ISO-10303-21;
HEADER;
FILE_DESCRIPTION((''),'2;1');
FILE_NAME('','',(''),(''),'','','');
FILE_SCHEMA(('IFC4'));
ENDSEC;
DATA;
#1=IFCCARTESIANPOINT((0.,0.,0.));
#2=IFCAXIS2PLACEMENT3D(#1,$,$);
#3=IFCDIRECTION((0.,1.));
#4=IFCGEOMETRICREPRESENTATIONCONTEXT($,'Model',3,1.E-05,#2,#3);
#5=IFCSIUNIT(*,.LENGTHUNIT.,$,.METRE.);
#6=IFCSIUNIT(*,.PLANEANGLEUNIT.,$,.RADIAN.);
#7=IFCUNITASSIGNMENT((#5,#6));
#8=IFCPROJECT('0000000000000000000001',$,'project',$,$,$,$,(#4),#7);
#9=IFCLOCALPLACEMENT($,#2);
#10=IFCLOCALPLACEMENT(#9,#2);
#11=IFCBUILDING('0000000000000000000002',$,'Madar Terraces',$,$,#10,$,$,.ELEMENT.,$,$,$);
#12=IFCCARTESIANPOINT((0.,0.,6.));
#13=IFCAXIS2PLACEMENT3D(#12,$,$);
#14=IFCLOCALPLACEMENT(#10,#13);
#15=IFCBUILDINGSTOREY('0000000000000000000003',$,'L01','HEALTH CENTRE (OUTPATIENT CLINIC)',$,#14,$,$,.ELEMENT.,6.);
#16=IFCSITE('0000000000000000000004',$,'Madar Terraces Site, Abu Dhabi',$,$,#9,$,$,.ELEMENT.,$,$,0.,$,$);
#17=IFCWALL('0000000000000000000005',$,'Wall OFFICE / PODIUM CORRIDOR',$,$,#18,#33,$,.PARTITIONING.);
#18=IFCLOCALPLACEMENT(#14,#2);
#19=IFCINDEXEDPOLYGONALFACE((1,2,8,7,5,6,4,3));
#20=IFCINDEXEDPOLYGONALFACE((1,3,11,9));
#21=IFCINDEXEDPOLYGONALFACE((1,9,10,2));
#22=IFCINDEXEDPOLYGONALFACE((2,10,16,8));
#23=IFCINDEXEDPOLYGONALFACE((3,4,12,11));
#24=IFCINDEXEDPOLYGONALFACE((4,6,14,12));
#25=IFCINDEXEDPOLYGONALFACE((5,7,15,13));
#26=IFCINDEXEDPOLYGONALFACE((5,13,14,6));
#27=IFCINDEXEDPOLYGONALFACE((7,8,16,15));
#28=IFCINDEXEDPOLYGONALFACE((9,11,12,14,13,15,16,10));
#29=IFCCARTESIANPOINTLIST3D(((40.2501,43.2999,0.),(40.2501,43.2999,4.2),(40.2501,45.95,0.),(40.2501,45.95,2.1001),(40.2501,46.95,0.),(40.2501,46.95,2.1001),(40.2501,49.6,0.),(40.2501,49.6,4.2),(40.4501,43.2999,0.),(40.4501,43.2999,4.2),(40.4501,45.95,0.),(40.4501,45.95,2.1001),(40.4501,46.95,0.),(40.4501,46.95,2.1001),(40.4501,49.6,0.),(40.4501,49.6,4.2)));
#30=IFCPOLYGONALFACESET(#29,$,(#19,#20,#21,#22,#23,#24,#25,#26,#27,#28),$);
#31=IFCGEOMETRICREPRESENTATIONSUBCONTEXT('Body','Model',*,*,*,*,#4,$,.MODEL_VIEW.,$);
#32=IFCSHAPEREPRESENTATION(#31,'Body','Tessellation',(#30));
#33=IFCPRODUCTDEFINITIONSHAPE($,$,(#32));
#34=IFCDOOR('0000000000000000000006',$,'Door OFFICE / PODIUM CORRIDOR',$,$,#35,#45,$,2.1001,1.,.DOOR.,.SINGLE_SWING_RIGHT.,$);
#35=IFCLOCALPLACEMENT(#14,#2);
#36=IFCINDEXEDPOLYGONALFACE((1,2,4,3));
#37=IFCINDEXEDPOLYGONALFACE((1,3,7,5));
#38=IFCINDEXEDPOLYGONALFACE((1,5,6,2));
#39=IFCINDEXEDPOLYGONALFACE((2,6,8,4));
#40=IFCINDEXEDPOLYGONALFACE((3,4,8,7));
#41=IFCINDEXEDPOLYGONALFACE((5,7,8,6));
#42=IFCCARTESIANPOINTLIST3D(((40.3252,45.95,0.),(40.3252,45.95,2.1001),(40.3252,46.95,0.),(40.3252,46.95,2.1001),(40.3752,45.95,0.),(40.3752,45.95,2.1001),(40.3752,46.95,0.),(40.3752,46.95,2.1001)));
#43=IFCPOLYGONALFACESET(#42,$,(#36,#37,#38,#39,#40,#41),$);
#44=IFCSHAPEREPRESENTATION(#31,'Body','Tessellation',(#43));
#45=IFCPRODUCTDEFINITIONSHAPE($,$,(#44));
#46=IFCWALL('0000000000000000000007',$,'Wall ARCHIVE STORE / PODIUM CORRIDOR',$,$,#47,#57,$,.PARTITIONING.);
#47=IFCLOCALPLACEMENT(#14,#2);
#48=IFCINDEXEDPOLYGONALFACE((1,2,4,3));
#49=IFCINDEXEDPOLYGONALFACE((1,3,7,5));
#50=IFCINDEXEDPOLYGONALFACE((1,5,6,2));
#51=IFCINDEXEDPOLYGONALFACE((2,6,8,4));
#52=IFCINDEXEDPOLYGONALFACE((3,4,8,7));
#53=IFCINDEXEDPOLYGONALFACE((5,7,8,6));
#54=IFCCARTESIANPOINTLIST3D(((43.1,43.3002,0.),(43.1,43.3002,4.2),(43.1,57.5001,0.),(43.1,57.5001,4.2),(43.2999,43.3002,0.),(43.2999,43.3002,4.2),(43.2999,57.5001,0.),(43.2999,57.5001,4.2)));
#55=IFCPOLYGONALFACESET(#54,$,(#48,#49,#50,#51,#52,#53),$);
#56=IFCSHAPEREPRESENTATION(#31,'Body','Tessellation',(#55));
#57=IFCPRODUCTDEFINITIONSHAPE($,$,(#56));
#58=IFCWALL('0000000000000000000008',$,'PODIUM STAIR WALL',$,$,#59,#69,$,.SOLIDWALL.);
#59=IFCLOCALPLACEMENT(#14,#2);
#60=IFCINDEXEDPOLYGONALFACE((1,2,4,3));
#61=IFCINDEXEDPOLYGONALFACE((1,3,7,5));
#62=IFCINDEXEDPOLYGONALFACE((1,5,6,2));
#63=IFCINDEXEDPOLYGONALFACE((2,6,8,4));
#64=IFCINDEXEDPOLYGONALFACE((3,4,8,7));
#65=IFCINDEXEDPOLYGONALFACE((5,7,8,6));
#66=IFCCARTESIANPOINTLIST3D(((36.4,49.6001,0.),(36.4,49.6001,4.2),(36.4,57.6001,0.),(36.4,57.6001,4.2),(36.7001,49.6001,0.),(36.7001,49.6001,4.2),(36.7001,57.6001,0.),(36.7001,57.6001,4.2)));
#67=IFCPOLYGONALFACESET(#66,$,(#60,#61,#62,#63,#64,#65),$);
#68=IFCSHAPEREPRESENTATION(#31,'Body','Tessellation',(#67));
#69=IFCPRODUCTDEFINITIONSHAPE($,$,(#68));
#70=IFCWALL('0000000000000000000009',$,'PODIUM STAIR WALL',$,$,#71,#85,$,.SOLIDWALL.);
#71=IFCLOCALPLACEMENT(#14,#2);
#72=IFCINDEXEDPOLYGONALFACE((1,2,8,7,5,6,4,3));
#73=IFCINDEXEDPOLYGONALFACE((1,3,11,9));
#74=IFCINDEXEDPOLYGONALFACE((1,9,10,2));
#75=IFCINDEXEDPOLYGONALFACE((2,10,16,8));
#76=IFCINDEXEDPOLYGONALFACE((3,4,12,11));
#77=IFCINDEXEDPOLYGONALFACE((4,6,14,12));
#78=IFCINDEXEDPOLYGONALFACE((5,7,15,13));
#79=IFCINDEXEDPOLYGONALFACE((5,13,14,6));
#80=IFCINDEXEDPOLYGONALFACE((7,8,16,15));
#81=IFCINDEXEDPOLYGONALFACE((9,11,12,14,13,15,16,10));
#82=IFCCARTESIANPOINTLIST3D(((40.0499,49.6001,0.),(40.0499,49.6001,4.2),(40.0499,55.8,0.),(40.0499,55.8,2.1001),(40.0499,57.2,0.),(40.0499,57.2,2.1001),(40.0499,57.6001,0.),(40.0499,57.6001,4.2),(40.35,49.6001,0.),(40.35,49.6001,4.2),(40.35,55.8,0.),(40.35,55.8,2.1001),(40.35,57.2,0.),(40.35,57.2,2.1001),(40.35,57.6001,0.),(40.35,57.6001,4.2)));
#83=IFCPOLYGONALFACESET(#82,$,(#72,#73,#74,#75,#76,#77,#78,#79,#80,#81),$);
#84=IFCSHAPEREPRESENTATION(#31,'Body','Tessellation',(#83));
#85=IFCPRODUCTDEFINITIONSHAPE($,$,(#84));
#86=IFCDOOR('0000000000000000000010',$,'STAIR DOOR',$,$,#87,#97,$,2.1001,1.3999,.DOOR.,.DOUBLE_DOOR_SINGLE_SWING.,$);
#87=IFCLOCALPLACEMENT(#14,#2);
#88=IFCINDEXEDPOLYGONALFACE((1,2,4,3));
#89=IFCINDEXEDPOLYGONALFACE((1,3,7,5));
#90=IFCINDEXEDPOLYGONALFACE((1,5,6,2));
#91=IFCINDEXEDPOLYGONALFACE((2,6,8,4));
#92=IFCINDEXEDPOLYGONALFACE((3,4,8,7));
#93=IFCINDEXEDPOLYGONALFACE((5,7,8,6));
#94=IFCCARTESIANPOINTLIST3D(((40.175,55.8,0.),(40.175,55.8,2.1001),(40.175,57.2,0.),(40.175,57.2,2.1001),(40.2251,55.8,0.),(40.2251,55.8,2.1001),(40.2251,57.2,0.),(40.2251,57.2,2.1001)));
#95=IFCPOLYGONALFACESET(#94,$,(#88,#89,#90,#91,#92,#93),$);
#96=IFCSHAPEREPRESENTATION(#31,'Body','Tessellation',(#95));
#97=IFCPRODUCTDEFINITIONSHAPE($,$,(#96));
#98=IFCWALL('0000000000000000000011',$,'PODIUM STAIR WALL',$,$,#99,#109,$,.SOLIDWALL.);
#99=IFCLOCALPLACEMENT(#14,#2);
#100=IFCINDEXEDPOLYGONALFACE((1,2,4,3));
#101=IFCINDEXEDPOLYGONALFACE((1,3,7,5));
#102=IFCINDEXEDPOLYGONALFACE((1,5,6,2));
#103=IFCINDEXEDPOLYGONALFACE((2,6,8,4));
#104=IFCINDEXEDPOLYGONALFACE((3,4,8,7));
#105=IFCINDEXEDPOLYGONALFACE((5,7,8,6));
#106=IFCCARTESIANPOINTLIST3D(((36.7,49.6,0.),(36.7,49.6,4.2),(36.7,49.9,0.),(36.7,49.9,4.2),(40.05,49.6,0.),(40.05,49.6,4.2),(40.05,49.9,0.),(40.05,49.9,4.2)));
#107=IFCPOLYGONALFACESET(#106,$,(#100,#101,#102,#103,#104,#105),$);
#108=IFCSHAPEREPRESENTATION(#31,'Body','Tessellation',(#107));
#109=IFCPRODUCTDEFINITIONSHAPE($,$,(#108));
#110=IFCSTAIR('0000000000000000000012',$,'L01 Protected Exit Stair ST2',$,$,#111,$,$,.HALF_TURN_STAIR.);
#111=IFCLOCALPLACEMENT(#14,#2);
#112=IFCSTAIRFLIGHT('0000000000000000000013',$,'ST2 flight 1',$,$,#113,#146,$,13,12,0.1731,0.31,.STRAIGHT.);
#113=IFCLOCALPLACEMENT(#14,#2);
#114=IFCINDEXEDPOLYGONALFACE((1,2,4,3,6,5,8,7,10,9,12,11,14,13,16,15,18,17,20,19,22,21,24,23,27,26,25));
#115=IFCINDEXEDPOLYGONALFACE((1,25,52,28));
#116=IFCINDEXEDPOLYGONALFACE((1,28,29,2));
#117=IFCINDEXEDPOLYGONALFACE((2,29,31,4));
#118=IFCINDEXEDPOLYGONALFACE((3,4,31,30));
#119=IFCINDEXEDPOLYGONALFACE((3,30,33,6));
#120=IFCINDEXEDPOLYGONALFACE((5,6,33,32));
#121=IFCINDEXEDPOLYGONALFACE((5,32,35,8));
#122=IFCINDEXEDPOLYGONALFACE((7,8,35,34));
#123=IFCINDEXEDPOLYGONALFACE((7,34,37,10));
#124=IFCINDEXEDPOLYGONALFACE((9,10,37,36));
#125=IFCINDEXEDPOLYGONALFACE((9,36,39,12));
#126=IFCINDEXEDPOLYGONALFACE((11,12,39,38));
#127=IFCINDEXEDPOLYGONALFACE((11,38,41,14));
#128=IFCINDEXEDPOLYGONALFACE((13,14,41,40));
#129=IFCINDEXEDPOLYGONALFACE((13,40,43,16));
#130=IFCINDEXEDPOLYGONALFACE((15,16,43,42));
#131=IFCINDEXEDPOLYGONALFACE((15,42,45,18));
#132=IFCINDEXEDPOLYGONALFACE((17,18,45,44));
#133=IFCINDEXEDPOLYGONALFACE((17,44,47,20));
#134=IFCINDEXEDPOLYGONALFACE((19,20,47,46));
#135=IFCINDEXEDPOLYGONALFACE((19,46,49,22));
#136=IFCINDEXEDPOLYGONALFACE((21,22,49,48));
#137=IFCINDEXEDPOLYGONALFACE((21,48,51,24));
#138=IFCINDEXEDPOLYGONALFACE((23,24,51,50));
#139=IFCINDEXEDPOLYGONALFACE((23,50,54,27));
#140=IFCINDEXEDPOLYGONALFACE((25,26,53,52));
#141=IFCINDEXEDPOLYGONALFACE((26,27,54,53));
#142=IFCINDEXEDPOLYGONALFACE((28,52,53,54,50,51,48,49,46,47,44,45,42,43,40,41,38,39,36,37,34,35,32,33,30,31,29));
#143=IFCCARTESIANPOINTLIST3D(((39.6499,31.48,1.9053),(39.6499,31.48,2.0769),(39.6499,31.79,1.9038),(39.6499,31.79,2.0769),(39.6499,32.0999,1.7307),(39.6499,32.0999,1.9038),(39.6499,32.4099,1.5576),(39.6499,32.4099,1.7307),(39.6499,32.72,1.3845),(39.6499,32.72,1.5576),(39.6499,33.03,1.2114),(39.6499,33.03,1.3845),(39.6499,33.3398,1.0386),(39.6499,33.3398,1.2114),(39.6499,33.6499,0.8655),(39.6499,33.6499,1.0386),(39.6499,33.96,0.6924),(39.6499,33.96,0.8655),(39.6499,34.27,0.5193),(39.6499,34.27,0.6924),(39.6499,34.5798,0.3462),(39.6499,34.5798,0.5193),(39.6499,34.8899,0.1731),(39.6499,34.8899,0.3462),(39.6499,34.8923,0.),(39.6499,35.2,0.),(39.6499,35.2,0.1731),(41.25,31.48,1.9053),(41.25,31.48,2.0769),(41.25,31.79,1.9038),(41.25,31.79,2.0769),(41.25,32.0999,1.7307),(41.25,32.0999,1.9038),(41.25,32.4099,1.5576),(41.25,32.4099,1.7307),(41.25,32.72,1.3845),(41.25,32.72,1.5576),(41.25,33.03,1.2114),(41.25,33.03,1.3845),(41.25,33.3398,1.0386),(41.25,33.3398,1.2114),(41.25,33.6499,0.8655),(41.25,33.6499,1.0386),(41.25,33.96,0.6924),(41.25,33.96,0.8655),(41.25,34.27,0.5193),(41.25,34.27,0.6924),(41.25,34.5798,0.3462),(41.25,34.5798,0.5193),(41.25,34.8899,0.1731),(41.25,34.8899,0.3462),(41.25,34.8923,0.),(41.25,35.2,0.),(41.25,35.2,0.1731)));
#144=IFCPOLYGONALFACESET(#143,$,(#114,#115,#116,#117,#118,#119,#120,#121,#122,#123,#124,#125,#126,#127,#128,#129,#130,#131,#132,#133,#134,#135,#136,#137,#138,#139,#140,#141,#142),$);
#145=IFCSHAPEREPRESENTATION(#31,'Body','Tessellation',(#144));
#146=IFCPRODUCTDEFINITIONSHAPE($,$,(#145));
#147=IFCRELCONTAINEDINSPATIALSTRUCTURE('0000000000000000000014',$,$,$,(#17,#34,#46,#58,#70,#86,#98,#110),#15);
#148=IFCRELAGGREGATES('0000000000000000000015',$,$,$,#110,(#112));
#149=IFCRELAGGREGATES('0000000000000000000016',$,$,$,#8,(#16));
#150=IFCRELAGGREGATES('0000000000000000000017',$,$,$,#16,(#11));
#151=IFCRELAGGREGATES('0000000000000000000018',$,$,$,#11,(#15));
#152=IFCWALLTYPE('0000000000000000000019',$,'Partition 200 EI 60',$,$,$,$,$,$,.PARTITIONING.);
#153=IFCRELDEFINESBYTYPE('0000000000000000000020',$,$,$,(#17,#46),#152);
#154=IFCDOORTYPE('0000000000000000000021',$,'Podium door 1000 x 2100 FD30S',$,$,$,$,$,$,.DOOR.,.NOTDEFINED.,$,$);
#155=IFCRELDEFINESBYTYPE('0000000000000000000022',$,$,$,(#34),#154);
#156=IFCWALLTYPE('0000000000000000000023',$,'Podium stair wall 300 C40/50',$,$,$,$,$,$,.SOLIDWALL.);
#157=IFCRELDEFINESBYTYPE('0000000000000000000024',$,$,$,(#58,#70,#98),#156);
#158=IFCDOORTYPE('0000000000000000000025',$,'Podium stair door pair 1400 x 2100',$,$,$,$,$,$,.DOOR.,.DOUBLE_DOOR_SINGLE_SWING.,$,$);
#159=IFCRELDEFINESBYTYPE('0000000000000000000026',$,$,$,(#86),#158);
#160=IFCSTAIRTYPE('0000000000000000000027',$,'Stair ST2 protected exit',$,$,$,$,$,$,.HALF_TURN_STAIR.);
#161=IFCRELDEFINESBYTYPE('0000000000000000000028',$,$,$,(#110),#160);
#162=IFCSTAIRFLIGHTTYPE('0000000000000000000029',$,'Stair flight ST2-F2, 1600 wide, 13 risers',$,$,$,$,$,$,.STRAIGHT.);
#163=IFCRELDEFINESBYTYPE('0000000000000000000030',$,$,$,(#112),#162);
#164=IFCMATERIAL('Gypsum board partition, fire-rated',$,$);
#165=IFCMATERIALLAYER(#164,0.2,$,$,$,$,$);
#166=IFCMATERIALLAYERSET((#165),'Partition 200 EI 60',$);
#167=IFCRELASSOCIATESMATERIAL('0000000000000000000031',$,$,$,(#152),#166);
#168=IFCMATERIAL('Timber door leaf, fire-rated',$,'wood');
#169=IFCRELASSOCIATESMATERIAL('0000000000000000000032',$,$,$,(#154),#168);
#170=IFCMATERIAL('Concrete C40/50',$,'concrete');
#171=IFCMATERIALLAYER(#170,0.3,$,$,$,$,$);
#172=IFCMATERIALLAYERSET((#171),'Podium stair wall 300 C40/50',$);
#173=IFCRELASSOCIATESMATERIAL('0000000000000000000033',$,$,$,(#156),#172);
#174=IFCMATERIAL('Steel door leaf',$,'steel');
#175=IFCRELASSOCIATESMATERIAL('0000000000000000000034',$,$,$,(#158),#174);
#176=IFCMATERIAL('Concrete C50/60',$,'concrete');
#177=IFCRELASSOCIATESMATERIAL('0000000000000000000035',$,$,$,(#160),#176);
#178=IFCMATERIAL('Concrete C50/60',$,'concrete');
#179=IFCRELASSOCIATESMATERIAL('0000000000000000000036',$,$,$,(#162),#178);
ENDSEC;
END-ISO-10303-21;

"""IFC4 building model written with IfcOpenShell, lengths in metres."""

from ifc_helpers import new_model, si_unit, direction, frame, frame_2d, origin, place, context, subcontext, project, spatial, polyline, rectangle, outline, extrude, material, layer, layer_set, type_object, element, fill, aggregate, save


model = new_model("IFC4")

# Units and contexts
model_context = context("Model", 3, precision=1e-05, world=origin(), true_north=direction((0.0, 1.0)))
body_context = subcontext(model_context, "Body", "Model", "MODEL_VIEW")
ifc_project = project(units=[si_unit("LENGTHUNIT", "METRE"), si_unit("PLANEANGLEUNIT", "RADIAN")], contexts=[model_context])

# Site, building, storey
site_placement = place(None, origin())
site = spatial("IfcSite", under=ifc_project, at=site_placement, Name="Madar Terraces Site, Abu Dhabi", CompositionType="ELEMENT", RefElevation=0.0)
building_placement = place(site_placement, origin())
building = spatial("IfcBuilding", under=site, at=building_placement, Name="Madar Terraces", CompositionType="ELEMENT")
storey_placement = place(building_placement, frame((0.0, 0.0, 6.0)))
storey = spatial("IfcBuildingStorey", under=building, at=storey_placement, Name="L01", Description="HEALTH CENTRE (OUTPATIENT CLINIC)", CompositionType="ELEMENT", Elevation=6.0)

# Shared definitions
ifc_material_1 = material(Name="Gypsum board partition, fire-rated")
ifc_layer_1 = layer(ifc_material_1, 0.2)
ifc_layer_set_1 = layer_set([ifc_layer_1], Name="Partition 200 EI 60")
wall_type_1 = type_object("IfcWallType", Name="Partition 200 EI 60", PredefinedType="PARTITIONING", material=ifc_layer_set_1)

# Shared definitions
ifc_material_2 = material(Name="Timber door leaf, fire-rated", Category="wood")
door_type_1 = type_object("IfcDoorType", Name="Podium door 1000 x 2100 FD30S", OperationType="NOTDEFINED", PredefinedType="DOOR", material=ifc_material_2)

# Wall, opening, door
wall_1_placement = place(storey_placement, frame((40.3501, 43.3, 0.0), z_axis=(0.0, 0.0, 1.0), x_axis=(0.0, 1.0, 0.0)))
wall_1 = element("IfcWall", 1, at=wall_1_placement, inside=storey, type_object=wall_type_1, Name="Wall OFFICE / PODIUM CORRIDOR", PredefinedType="PARTITIONING", context=body_context, shape_type="SweptSolid", body=[
    extrude(rectangle(XDim=6.3, YDim=0.2, at=frame_2d((3.1499, 0.0))), origin(), (0.0, 0.0, 1.0), 4.2),
])
opening_1_placement = place(wall_1_placement, frame((2.6499, 0.0, 0.0)))
opening_1 = element("IfcOpeningElement", 2, at=opening_1_placement, cuts=wall_1, PredefinedType="OPENING", context=body_context, shape_type="SweptSolid", body=[
    extrude(rectangle(XDim=1.0, YDim=2.1001, at=frame_2d((0.5, 1.05))), frame((0.0, 0.1099, 0.0), z_axis=(0.0, -1.0, 0.0), x_axis=(1.0, 0.0, 0.0)), (0.0, 0.0, 1.0), 0.22),
])
door_1_placement = place(opening_1_placement, origin())
door_1 = element("IfcDoor", 3, at=door_1_placement, inside=storey, type_object=door_type_1, Name="Door OFFICE / PODIUM CORRIDOR", OperationType="SINGLE_SWING_RIGHT", OverallHeight=2.1001, OverallWidth=1.0, PredefinedType="DOOR", context=body_context, shape_type="SweptSolid", body=[
    extrude(rectangle(XDim=1.0, YDim=2.1001, at=frame_2d((0.5, 1.05))), frame((0.0, 0.0249, 0.0), z_axis=(0.0, -1.0, 0.0), x_axis=(1.0, 0.0, 0.0)), (0.0, 0.0, 1.0), 0.05),
])
fill(opening_1, door_1)

# Walls
wall_2_placement = place(storey_placement, frame((43.2, 43.3, 0.0), z_axis=(0.0, 0.0, 1.0), x_axis=(0.0, 1.0, 0.0)))
element("IfcWall", 4, at=wall_2_placement, inside=storey, type_object=wall_type_1, Name="Wall ARCHIVE STORE / PODIUM CORRIDOR", PredefinedType="PARTITIONING", context=body_context, shape_type="SweptSolid", body=[
    extrude(rectangle(XDim=14.2, YDim=0.2, at=frame_2d((7.1001, 0.0))), origin(), (0.0, 0.0, 1.0), 4.2),
])
ifc_material_3 = material(Name="Concrete C40/50", Category="concrete")
ifc_layer_2 = layer(ifc_material_3, 0.3)
ifc_layer_set_2 = layer_set([ifc_layer_2], Name="Podium stair wall 300 C40/50")
wall_type_2 = type_object("IfcWallType", Name="Podium stair wall 300 C40/50", PredefinedType="SOLIDWALL", material=ifc_layer_set_2)
wall_3_placement = place(storey_placement, frame((36.55, 49.6001, 0.0), z_axis=(0.0, 0.0, 1.0), x_axis=(0.0, 1.0, 0.0)))
element("IfcWall", 5, at=wall_3_placement, inside=storey, type_object=wall_type_2, Name="PODIUM STAIR WALL", PredefinedType="SOLIDWALL", context=body_context, shape_type="SweptSolid", body=[
    extrude(rectangle(XDim=8.0, YDim=0.3, at=frame_2d((4.0, 0.0))), origin(), (0.0, 0.0, 1.0), 4.2),
])

# Wall, opening, door
wall_4_placement = place(storey_placement, frame((40.2, 49.6001, 0.0), z_axis=(0.0, 0.0, 1.0), x_axis=(0.0, 1.0, 0.0)))
wall_4 = element("IfcWall", 6, at=wall_4_placement, inside=storey, type_object=wall_type_2, Name="PODIUM STAIR WALL", PredefinedType="SOLIDWALL", context=body_context, shape_type="SweptSolid", body=[
    extrude(rectangle(XDim=8.0, YDim=0.3, at=frame_2d((4.0, 0.0))), origin(), (0.0, 0.0, 1.0), 4.2),
])
opening_2_placement = place(wall_4_placement, frame((6.2, 0.0, 0.0)))
opening_2 = element("IfcOpeningElement", 7, at=opening_2_placement, cuts=wall_4, PredefinedType="OPENING", context=body_context, shape_type="SweptSolid", body=[
    extrude(rectangle(XDim=1.3999, YDim=2.1001, at=frame_2d((0.7, 1.05))), frame((0.0, 0.1599, 0.0), z_axis=(0.0, -1.0, 0.0), x_axis=(1.0, 0.0, 0.0)), (0.0, 0.0, 1.0), 0.3201),
])
ifc_material_4 = material(Name="Steel door leaf", Category="steel")
door_type_2 = type_object("IfcDoorType", Name="Podium stair door pair 1400 x 2100", OperationType="DOUBLE_DOOR_SINGLE_SWING", PredefinedType="DOOR", material=ifc_material_4)
door_2_placement = place(opening_2_placement, origin())
door_2 = element("IfcDoor", 8, at=door_2_placement, inside=storey, type_object=door_type_2, Name="STAIR DOOR", OperationType="DOUBLE_DOOR_SINGLE_SWING", OverallHeight=2.1001, OverallWidth=1.3999, PredefinedType="DOOR", context=body_context, shape_type="SweptSolid", body=[
    extrude(rectangle(XDim=1.3999, YDim=2.1001, at=frame_2d((0.7, 1.05))), frame((0.0, 0.0249, 0.0), z_axis=(0.0, -1.0, 0.0), x_axis=(1.0, 0.0, 0.0)), (0.0, 0.0, 1.0), 0.05),
])
fill(opening_2, door_2)

# Wall
wall_5_placement = place(storey_placement, frame((36.7, 49.75, 0.0), z_axis=(0.0, 0.0, 1.0), x_axis=(1.0, 0.0, 0.0)))
element("IfcWall", 9, at=wall_5_placement, inside=storey, type_object=wall_type_2, Name="PODIUM STAIR WALL", PredefinedType="SOLIDWALL", context=body_context, shape_type="SweptSolid", body=[
    extrude(rectangle(XDim=3.3501, YDim=0.3, at=frame_2d((1.675, 0.0))), origin(), (0.0, 0.0, 1.0), 4.2),
])

# Stair, stair flight
ifc_material_5 = material(Name="Concrete C50/60", Category="concrete")
stair_type = type_object("IfcStairType", Name="Stair ST2 protected exit", PredefinedType="HALF_TURN_STAIR", material=ifc_material_5)
stair_placement = place(storey_placement, origin())
stair = element("IfcStair", 10, at=stair_placement, inside=storey, type_object=stair_type, Name="L01 Protected Exit Stair ST2", PredefinedType="HALF_TURN_STAIR")
ifc_material_6 = material(Name="Concrete C50/60", Category="concrete")
stair_flight_type = type_object("IfcStairFlightType", Name="Stair flight ST2-F2, 1600 wide, 13 risers", PredefinedType="STRAIGHT", material=ifc_material_6)
stair_flight_placement = place(storey_placement, frame((40.45, 35.2, 0.0), z_axis=(0.0, 0.0, 1.0), x_axis=(0.0, -1.0, 0.0)))
stair_flight = element("IfcStairFlight", 11, at=stair_flight_placement, type_object=stair_flight_type, Name="ST2 flight 1", NumberOfRisers=13, NumberOfTreads=12, PredefinedType="STRAIGHT", RiserHeight=0.1731, TreadLength=0.31, context=body_context, shape_type="SweptSolid", body=[
    extrude(outline(polyline([(0.0, 0.0), (0.0, 0.1731), (0.3101, 0.1731), (0.3101, 0.3462), (0.6201, 0.3462), (0.6201, 0.5193), (0.9299, 0.5193), (0.9299, 0.6924), (1.24, 0.6924), (1.24, 0.8655), (1.55, 0.8655), (1.55, 1.0386), (1.8601, 1.0386), (1.8601, 1.2114), (2.1699, 1.2114), (2.1699, 1.3845), (2.48, 1.3845), (2.48, 1.5576), (2.79, 1.5576), (2.79, 1.7307), (3.1001, 1.7307), (3.1001, 1.9038), (3.4099, 1.9038), (3.4099, 2.0769), (3.72, 2.0769), (3.72, 2.25), (3.72, 1.9053), (0.3076, 0.0), (0.0, 0.0)])), frame((0.0, 0.8, 0.0), z_axis=(0.0, -1.0, 0.0), x_axis=(1.0, 0.0, 0.0)), (0.0, 0.0, 1.0), 1.6001),
])
aggregate(stair, [stair_flight])

save(model, "model.ifc")
